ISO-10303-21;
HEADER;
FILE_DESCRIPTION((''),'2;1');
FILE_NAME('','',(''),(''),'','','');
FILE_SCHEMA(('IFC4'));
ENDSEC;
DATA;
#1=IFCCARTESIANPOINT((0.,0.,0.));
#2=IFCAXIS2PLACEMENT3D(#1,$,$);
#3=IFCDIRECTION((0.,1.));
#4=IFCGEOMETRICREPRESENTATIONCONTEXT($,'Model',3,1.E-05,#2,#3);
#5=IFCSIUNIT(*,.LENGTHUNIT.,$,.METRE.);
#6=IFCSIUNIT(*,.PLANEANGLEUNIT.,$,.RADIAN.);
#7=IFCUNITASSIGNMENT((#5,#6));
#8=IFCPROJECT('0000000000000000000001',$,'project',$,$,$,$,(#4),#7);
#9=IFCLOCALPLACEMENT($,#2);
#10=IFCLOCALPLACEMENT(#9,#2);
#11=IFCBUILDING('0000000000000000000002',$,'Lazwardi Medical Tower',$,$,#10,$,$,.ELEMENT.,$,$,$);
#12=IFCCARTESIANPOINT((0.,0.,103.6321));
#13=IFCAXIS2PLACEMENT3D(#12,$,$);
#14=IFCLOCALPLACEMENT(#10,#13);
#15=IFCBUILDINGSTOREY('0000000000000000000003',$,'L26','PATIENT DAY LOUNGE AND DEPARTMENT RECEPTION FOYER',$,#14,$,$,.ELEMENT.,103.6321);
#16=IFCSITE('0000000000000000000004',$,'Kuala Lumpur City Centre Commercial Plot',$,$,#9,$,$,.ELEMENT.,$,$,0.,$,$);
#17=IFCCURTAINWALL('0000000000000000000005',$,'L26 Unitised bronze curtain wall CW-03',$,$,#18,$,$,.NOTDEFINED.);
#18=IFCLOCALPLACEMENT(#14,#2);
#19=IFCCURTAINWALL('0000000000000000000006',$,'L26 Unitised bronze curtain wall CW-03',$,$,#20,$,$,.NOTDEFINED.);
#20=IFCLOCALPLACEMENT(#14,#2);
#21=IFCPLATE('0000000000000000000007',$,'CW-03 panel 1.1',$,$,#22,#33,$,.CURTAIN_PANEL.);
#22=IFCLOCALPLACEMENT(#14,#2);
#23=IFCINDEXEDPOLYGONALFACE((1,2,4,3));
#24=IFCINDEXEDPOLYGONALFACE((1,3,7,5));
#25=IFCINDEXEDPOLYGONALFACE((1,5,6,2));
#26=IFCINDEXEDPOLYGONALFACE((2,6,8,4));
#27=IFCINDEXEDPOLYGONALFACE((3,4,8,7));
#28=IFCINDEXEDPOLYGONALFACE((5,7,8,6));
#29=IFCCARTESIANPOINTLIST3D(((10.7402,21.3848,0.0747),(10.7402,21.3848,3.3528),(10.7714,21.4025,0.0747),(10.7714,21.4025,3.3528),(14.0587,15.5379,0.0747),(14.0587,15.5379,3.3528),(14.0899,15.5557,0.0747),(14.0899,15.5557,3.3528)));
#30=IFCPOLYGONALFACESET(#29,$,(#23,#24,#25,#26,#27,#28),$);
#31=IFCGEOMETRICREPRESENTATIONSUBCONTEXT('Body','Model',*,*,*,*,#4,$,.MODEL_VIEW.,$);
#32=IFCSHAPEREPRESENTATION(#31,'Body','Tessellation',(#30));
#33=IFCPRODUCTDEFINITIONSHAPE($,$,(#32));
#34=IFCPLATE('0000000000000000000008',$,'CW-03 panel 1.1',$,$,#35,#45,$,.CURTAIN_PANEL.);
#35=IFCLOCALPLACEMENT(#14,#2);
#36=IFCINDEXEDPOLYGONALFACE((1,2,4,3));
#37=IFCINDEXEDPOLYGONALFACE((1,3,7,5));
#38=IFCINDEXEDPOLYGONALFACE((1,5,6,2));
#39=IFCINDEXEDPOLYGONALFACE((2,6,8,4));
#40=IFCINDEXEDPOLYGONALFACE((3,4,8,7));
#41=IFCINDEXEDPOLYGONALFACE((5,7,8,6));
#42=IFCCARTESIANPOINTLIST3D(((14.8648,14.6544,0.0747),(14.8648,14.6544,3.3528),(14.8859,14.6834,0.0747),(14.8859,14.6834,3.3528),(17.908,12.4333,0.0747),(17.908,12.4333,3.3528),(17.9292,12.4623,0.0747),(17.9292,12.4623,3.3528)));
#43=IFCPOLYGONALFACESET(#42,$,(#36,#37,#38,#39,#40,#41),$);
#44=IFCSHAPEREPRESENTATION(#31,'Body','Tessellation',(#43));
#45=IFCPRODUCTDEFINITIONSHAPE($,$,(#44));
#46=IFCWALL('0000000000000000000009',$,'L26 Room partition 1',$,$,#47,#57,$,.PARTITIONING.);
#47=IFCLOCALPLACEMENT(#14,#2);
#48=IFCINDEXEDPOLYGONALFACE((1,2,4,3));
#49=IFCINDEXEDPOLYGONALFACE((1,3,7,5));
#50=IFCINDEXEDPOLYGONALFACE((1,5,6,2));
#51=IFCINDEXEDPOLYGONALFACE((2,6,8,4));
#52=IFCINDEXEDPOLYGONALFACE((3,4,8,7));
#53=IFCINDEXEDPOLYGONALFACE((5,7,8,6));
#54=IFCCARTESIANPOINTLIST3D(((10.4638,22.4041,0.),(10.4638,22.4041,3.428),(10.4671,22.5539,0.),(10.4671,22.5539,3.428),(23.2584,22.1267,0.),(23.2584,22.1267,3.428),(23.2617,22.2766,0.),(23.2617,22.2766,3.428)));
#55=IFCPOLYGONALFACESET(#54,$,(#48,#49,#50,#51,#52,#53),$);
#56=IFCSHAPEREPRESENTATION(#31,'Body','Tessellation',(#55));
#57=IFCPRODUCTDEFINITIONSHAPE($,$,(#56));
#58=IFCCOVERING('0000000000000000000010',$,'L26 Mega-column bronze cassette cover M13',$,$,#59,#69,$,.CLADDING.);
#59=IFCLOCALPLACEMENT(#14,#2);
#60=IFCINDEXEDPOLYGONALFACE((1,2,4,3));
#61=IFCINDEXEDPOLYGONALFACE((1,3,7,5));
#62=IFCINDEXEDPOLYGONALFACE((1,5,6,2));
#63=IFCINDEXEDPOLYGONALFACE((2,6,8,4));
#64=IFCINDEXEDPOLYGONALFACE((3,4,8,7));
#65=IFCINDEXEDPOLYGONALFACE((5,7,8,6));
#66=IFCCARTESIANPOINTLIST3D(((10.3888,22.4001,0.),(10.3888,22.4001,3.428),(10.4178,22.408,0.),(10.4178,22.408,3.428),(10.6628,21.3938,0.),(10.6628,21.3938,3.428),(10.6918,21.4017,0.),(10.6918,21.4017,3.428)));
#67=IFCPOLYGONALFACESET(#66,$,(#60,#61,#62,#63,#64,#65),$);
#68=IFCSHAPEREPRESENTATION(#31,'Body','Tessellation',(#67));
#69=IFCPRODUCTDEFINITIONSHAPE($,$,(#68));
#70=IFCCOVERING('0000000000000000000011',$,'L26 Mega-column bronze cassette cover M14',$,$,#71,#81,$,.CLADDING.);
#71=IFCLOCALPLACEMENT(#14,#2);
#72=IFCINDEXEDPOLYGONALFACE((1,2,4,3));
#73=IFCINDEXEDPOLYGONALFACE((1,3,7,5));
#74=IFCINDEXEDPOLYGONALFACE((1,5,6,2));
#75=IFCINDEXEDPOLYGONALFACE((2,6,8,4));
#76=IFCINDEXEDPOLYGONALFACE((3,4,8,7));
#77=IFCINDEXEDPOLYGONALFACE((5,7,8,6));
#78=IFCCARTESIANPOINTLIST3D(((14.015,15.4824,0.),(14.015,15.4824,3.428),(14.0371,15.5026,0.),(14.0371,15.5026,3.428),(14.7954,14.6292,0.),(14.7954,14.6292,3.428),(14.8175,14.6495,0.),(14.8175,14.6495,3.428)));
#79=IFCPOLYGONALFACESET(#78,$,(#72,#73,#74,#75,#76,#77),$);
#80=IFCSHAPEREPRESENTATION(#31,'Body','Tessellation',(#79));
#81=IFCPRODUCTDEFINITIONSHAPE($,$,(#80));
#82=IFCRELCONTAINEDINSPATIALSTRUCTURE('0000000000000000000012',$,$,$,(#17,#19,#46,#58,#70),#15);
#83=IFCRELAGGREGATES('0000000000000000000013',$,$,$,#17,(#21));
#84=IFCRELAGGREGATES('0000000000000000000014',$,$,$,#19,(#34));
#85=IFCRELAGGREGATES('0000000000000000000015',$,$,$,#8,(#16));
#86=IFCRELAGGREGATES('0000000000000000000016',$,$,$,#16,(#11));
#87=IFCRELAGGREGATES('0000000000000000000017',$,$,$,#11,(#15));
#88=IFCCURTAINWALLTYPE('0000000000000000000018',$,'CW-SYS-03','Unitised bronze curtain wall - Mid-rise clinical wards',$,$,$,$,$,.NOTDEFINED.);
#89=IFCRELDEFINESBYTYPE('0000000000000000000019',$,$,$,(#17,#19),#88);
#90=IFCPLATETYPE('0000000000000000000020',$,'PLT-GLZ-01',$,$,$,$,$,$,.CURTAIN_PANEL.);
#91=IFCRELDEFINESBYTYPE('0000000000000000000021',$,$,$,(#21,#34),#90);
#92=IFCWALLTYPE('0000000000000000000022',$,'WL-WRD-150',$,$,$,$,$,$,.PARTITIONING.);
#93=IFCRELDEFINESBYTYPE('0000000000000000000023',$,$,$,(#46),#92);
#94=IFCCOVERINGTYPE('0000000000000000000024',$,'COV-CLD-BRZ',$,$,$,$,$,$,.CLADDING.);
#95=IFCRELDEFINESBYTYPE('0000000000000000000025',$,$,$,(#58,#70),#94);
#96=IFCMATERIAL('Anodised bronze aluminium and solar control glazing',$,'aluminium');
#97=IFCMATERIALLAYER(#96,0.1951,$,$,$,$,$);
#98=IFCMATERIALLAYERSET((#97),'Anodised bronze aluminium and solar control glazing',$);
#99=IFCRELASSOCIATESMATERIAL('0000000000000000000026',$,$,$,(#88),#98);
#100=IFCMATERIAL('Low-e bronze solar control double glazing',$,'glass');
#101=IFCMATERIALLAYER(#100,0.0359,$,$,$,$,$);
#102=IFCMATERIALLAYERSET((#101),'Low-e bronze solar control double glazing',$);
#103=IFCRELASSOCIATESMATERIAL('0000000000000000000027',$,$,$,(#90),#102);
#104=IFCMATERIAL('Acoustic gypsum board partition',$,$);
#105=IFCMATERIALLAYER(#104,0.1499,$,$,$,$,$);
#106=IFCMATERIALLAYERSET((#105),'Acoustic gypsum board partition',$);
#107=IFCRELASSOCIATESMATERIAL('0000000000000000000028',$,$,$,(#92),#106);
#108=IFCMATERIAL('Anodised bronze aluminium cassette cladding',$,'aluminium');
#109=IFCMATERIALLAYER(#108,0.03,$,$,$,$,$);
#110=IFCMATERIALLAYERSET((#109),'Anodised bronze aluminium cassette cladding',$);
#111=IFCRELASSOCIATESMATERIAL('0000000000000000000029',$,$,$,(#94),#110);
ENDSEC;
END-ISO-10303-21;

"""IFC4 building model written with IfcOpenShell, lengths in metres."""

from ifc_helpers import new_model, si_unit, direction, frame, frame_2d, origin, origin_2d, place, context, subcontext, project, spatial, rectangle, extrude, material, layer, layer_set, type_object, element, aggregate, save


model = new_model("IFC4")

# Units and contexts
model_context = context("Model", 3, precision=1e-05, world=origin(), true_north=direction((0.0, 1.0)))
body_context = subcontext(model_context, "Body", "Model", "MODEL_VIEW")
ifc_project = project(units=[si_unit("LENGTHUNIT", "METRE"), si_unit("PLANEANGLEUNIT", "RADIAN")], contexts=[model_context])

# Site, building, storey
site_placement = place(None, origin())
site = spatial("IfcSite", under=ifc_project, at=site_placement, Name="Kuala Lumpur City Centre Commercial Plot", CompositionType="ELEMENT", RefElevation=0.0)
building_placement = place(site_placement, origin())
building = spatial("IfcBuilding", under=site, at=building_placement, Name="Lazwardi Medical Tower", CompositionType="ELEMENT")
storey_placement = place(building_placement, frame((0.0, 0.0, 103.6321)))
storey = spatial("IfcBuildingStorey", under=building, at=storey_placement, Name="L26", Description="PATIENT DAY LOUNGE AND DEPARTMENT RECEPTION FOYER", CompositionType="ELEMENT", Elevation=103.6321)

# Shared definitions
ifc_material_1 = material(Name="Anodised bronze aluminium and solar control glazing", Category="aluminium")
ifc_layer_1 = layer(ifc_material_1, 0.1951)
ifc_layer_set_1 = layer_set([ifc_layer_1], Name="Anodised bronze aluminium and solar control glazing")
curtain_wall_type = type_object("IfcCurtainWallType", Name="CW-SYS-03", Description="Unitised bronze curtain wall - Mid-rise clinical wards", PredefinedType="NOTDEFINED", material=ifc_layer_set_1)

# Curtain walls
curtain_wall_1_placement = place(storey_placement, origin())
curtain_wall_1 = element("IfcCurtainWall", 1, at=curtain_wall_1_placement, inside=storey, type_object=curtain_wall_type, Name="L26 Unitised bronze curtain wall CW-03", PredefinedType="NOTDEFINED")
curtain_wall_2_placement = place(storey_placement, origin())
curtain_wall_2 = element("IfcCurtainWall", 2, at=curtain_wall_2_placement, inside=storey, type_object=curtain_wall_type, Name="L26 Unitised bronze curtain wall CW-03", PredefinedType="NOTDEFINED")

# Plates
ifc_material_2 = material(Name="Low-e bronze solar control double glazing", Category="glass")
ifc_layer_2 = layer(ifc_material_2, 0.0359)
ifc_layer_set_2 = layer_set([ifc_layer_2], Name="Low-e bronze solar control double glazing")
plate_type = type_object("IfcPlateType", Name="PLT-GLZ-01", PredefinedType="CURTAIN_PANEL", material=ifc_layer_set_2)
plate_1_placement = place(storey_placement, frame((12.415, 18.4702, 0.0747), z_axis=(0.0, 0.0, 1.0), x_axis=(0.493603, -0.869687, 0.0)))
plate_1 = element("IfcPlate", 3, at=plate_1_placement, type_object=plate_type, Name="CW-03 panel 1.1", PredefinedType="CURTAIN_PANEL", context=body_context, shape_type="SweptSolid", body=[
    extrude(rectangle(XDim=6.7229, YDim=0.0359, at=origin_2d()), origin(), (0.0, 0.0, 1.0), 3.2781),
])
aggregate(curtain_wall_1, [plate_1])
plate_2_placement = place(storey_placement, frame((16.397, 13.5583, 0.0747), z_axis=(0.0, 0.0, 1.0), x_axis=(0.807746, -0.589531, 0.0)))
plate_2 = element("IfcPlate", 4, at=plate_2_placement, type_object=plate_type, Name="CW-03 panel 1.1", PredefinedType="CURTAIN_PANEL", context=body_context, shape_type="SweptSolid", body=[
    extrude(rectangle(XDim=3.7676, YDim=0.0359, at=origin_2d()), origin(), (0.0, 0.0, 1.0), 3.2781),
])
aggregate(curtain_wall_2, [plate_2])

# Wall
ifc_material_3 = material(Name="Acoustic gypsum board partition")
ifc_layer_3 = layer(ifc_material_3, 0.1499)
ifc_layer_set_3 = layer_set([ifc_layer_3], Name="Acoustic gypsum board partition")
wall_type = type_object("IfcWallType", Name="WL-WRD-150", PredefinedType="PARTITIONING", material=ifc_layer_set_3)
wall_placement = place(storey_placement, frame((10.4653, 22.479, 0.0), z_axis=(0.0, 0.0, 1.0), x_axis=(0.999765, -0.021671, 0.0)))
element("IfcWall", 5, at=wall_placement, inside=storey, type_object=wall_type, Name="L26 Room partition 1", PredefinedType="PARTITIONING", context=body_context, shape_type="SweptSolid", body=[
    extrude(rectangle(XDim=12.7976, YDim=0.1499, at=frame_2d((6.3989, 0.0))), origin(), (0.0, 0.0, 1.0), 3.428),
])

# Coverings
ifc_material_4 = material(Name="Anodised bronze aluminium cassette cladding", Category="aluminium")
ifc_layer_4 = layer(ifc_material_4, 0.03)
ifc_layer_set_4 = layer_set([ifc_layer_4], Name="Anodised bronze aluminium cassette cladding")
covering_type = type_object("IfcCoveringType", Name="COV-CLD-BRZ", PredefinedType="CLADDING", material=ifc_layer_set_4)
covering_1_placement = place(storey_placement, frame((10.5403, 21.9009, 0.0), z_axis=(0.0, 0.0, 1.0), x_axis=(0.262696, -0.964879, 0.0)))
element("IfcCovering", 6, at=covering_1_placement, inside=storey, type_object=covering_type, Name="L26 Mega-column bronze cassette cover M13", PredefinedType="CLADDING", context=body_context, shape_type="SweptSolid", body=[
    extrude(rectangle(XDim=1.043, YDim=0.03, at=origin_2d()), origin(), (0.0, 0.0, 1.0), 3.428),
])
covering_2_placement = place(storey_placement, frame((14.4163, 15.0659, 0.0), z_axis=(0.0, 0.0, 1.0), x_axis=(0.674926, -0.737885, 0.0)))
element("IfcCovering", 7, at=covering_2_placement, inside=storey, type_object=covering_type, Name="L26 Mega-column bronze cassette cover M14", PredefinedType="CLADDING", context=body_context, shape_type="SweptSolid", body=[
    extrude(rectangle(XDim=1.1562, YDim=0.03, at=origin_2d()), origin(), (0.0, 0.0, 1.0), 3.428),
])

save(model, "model.ifc")
